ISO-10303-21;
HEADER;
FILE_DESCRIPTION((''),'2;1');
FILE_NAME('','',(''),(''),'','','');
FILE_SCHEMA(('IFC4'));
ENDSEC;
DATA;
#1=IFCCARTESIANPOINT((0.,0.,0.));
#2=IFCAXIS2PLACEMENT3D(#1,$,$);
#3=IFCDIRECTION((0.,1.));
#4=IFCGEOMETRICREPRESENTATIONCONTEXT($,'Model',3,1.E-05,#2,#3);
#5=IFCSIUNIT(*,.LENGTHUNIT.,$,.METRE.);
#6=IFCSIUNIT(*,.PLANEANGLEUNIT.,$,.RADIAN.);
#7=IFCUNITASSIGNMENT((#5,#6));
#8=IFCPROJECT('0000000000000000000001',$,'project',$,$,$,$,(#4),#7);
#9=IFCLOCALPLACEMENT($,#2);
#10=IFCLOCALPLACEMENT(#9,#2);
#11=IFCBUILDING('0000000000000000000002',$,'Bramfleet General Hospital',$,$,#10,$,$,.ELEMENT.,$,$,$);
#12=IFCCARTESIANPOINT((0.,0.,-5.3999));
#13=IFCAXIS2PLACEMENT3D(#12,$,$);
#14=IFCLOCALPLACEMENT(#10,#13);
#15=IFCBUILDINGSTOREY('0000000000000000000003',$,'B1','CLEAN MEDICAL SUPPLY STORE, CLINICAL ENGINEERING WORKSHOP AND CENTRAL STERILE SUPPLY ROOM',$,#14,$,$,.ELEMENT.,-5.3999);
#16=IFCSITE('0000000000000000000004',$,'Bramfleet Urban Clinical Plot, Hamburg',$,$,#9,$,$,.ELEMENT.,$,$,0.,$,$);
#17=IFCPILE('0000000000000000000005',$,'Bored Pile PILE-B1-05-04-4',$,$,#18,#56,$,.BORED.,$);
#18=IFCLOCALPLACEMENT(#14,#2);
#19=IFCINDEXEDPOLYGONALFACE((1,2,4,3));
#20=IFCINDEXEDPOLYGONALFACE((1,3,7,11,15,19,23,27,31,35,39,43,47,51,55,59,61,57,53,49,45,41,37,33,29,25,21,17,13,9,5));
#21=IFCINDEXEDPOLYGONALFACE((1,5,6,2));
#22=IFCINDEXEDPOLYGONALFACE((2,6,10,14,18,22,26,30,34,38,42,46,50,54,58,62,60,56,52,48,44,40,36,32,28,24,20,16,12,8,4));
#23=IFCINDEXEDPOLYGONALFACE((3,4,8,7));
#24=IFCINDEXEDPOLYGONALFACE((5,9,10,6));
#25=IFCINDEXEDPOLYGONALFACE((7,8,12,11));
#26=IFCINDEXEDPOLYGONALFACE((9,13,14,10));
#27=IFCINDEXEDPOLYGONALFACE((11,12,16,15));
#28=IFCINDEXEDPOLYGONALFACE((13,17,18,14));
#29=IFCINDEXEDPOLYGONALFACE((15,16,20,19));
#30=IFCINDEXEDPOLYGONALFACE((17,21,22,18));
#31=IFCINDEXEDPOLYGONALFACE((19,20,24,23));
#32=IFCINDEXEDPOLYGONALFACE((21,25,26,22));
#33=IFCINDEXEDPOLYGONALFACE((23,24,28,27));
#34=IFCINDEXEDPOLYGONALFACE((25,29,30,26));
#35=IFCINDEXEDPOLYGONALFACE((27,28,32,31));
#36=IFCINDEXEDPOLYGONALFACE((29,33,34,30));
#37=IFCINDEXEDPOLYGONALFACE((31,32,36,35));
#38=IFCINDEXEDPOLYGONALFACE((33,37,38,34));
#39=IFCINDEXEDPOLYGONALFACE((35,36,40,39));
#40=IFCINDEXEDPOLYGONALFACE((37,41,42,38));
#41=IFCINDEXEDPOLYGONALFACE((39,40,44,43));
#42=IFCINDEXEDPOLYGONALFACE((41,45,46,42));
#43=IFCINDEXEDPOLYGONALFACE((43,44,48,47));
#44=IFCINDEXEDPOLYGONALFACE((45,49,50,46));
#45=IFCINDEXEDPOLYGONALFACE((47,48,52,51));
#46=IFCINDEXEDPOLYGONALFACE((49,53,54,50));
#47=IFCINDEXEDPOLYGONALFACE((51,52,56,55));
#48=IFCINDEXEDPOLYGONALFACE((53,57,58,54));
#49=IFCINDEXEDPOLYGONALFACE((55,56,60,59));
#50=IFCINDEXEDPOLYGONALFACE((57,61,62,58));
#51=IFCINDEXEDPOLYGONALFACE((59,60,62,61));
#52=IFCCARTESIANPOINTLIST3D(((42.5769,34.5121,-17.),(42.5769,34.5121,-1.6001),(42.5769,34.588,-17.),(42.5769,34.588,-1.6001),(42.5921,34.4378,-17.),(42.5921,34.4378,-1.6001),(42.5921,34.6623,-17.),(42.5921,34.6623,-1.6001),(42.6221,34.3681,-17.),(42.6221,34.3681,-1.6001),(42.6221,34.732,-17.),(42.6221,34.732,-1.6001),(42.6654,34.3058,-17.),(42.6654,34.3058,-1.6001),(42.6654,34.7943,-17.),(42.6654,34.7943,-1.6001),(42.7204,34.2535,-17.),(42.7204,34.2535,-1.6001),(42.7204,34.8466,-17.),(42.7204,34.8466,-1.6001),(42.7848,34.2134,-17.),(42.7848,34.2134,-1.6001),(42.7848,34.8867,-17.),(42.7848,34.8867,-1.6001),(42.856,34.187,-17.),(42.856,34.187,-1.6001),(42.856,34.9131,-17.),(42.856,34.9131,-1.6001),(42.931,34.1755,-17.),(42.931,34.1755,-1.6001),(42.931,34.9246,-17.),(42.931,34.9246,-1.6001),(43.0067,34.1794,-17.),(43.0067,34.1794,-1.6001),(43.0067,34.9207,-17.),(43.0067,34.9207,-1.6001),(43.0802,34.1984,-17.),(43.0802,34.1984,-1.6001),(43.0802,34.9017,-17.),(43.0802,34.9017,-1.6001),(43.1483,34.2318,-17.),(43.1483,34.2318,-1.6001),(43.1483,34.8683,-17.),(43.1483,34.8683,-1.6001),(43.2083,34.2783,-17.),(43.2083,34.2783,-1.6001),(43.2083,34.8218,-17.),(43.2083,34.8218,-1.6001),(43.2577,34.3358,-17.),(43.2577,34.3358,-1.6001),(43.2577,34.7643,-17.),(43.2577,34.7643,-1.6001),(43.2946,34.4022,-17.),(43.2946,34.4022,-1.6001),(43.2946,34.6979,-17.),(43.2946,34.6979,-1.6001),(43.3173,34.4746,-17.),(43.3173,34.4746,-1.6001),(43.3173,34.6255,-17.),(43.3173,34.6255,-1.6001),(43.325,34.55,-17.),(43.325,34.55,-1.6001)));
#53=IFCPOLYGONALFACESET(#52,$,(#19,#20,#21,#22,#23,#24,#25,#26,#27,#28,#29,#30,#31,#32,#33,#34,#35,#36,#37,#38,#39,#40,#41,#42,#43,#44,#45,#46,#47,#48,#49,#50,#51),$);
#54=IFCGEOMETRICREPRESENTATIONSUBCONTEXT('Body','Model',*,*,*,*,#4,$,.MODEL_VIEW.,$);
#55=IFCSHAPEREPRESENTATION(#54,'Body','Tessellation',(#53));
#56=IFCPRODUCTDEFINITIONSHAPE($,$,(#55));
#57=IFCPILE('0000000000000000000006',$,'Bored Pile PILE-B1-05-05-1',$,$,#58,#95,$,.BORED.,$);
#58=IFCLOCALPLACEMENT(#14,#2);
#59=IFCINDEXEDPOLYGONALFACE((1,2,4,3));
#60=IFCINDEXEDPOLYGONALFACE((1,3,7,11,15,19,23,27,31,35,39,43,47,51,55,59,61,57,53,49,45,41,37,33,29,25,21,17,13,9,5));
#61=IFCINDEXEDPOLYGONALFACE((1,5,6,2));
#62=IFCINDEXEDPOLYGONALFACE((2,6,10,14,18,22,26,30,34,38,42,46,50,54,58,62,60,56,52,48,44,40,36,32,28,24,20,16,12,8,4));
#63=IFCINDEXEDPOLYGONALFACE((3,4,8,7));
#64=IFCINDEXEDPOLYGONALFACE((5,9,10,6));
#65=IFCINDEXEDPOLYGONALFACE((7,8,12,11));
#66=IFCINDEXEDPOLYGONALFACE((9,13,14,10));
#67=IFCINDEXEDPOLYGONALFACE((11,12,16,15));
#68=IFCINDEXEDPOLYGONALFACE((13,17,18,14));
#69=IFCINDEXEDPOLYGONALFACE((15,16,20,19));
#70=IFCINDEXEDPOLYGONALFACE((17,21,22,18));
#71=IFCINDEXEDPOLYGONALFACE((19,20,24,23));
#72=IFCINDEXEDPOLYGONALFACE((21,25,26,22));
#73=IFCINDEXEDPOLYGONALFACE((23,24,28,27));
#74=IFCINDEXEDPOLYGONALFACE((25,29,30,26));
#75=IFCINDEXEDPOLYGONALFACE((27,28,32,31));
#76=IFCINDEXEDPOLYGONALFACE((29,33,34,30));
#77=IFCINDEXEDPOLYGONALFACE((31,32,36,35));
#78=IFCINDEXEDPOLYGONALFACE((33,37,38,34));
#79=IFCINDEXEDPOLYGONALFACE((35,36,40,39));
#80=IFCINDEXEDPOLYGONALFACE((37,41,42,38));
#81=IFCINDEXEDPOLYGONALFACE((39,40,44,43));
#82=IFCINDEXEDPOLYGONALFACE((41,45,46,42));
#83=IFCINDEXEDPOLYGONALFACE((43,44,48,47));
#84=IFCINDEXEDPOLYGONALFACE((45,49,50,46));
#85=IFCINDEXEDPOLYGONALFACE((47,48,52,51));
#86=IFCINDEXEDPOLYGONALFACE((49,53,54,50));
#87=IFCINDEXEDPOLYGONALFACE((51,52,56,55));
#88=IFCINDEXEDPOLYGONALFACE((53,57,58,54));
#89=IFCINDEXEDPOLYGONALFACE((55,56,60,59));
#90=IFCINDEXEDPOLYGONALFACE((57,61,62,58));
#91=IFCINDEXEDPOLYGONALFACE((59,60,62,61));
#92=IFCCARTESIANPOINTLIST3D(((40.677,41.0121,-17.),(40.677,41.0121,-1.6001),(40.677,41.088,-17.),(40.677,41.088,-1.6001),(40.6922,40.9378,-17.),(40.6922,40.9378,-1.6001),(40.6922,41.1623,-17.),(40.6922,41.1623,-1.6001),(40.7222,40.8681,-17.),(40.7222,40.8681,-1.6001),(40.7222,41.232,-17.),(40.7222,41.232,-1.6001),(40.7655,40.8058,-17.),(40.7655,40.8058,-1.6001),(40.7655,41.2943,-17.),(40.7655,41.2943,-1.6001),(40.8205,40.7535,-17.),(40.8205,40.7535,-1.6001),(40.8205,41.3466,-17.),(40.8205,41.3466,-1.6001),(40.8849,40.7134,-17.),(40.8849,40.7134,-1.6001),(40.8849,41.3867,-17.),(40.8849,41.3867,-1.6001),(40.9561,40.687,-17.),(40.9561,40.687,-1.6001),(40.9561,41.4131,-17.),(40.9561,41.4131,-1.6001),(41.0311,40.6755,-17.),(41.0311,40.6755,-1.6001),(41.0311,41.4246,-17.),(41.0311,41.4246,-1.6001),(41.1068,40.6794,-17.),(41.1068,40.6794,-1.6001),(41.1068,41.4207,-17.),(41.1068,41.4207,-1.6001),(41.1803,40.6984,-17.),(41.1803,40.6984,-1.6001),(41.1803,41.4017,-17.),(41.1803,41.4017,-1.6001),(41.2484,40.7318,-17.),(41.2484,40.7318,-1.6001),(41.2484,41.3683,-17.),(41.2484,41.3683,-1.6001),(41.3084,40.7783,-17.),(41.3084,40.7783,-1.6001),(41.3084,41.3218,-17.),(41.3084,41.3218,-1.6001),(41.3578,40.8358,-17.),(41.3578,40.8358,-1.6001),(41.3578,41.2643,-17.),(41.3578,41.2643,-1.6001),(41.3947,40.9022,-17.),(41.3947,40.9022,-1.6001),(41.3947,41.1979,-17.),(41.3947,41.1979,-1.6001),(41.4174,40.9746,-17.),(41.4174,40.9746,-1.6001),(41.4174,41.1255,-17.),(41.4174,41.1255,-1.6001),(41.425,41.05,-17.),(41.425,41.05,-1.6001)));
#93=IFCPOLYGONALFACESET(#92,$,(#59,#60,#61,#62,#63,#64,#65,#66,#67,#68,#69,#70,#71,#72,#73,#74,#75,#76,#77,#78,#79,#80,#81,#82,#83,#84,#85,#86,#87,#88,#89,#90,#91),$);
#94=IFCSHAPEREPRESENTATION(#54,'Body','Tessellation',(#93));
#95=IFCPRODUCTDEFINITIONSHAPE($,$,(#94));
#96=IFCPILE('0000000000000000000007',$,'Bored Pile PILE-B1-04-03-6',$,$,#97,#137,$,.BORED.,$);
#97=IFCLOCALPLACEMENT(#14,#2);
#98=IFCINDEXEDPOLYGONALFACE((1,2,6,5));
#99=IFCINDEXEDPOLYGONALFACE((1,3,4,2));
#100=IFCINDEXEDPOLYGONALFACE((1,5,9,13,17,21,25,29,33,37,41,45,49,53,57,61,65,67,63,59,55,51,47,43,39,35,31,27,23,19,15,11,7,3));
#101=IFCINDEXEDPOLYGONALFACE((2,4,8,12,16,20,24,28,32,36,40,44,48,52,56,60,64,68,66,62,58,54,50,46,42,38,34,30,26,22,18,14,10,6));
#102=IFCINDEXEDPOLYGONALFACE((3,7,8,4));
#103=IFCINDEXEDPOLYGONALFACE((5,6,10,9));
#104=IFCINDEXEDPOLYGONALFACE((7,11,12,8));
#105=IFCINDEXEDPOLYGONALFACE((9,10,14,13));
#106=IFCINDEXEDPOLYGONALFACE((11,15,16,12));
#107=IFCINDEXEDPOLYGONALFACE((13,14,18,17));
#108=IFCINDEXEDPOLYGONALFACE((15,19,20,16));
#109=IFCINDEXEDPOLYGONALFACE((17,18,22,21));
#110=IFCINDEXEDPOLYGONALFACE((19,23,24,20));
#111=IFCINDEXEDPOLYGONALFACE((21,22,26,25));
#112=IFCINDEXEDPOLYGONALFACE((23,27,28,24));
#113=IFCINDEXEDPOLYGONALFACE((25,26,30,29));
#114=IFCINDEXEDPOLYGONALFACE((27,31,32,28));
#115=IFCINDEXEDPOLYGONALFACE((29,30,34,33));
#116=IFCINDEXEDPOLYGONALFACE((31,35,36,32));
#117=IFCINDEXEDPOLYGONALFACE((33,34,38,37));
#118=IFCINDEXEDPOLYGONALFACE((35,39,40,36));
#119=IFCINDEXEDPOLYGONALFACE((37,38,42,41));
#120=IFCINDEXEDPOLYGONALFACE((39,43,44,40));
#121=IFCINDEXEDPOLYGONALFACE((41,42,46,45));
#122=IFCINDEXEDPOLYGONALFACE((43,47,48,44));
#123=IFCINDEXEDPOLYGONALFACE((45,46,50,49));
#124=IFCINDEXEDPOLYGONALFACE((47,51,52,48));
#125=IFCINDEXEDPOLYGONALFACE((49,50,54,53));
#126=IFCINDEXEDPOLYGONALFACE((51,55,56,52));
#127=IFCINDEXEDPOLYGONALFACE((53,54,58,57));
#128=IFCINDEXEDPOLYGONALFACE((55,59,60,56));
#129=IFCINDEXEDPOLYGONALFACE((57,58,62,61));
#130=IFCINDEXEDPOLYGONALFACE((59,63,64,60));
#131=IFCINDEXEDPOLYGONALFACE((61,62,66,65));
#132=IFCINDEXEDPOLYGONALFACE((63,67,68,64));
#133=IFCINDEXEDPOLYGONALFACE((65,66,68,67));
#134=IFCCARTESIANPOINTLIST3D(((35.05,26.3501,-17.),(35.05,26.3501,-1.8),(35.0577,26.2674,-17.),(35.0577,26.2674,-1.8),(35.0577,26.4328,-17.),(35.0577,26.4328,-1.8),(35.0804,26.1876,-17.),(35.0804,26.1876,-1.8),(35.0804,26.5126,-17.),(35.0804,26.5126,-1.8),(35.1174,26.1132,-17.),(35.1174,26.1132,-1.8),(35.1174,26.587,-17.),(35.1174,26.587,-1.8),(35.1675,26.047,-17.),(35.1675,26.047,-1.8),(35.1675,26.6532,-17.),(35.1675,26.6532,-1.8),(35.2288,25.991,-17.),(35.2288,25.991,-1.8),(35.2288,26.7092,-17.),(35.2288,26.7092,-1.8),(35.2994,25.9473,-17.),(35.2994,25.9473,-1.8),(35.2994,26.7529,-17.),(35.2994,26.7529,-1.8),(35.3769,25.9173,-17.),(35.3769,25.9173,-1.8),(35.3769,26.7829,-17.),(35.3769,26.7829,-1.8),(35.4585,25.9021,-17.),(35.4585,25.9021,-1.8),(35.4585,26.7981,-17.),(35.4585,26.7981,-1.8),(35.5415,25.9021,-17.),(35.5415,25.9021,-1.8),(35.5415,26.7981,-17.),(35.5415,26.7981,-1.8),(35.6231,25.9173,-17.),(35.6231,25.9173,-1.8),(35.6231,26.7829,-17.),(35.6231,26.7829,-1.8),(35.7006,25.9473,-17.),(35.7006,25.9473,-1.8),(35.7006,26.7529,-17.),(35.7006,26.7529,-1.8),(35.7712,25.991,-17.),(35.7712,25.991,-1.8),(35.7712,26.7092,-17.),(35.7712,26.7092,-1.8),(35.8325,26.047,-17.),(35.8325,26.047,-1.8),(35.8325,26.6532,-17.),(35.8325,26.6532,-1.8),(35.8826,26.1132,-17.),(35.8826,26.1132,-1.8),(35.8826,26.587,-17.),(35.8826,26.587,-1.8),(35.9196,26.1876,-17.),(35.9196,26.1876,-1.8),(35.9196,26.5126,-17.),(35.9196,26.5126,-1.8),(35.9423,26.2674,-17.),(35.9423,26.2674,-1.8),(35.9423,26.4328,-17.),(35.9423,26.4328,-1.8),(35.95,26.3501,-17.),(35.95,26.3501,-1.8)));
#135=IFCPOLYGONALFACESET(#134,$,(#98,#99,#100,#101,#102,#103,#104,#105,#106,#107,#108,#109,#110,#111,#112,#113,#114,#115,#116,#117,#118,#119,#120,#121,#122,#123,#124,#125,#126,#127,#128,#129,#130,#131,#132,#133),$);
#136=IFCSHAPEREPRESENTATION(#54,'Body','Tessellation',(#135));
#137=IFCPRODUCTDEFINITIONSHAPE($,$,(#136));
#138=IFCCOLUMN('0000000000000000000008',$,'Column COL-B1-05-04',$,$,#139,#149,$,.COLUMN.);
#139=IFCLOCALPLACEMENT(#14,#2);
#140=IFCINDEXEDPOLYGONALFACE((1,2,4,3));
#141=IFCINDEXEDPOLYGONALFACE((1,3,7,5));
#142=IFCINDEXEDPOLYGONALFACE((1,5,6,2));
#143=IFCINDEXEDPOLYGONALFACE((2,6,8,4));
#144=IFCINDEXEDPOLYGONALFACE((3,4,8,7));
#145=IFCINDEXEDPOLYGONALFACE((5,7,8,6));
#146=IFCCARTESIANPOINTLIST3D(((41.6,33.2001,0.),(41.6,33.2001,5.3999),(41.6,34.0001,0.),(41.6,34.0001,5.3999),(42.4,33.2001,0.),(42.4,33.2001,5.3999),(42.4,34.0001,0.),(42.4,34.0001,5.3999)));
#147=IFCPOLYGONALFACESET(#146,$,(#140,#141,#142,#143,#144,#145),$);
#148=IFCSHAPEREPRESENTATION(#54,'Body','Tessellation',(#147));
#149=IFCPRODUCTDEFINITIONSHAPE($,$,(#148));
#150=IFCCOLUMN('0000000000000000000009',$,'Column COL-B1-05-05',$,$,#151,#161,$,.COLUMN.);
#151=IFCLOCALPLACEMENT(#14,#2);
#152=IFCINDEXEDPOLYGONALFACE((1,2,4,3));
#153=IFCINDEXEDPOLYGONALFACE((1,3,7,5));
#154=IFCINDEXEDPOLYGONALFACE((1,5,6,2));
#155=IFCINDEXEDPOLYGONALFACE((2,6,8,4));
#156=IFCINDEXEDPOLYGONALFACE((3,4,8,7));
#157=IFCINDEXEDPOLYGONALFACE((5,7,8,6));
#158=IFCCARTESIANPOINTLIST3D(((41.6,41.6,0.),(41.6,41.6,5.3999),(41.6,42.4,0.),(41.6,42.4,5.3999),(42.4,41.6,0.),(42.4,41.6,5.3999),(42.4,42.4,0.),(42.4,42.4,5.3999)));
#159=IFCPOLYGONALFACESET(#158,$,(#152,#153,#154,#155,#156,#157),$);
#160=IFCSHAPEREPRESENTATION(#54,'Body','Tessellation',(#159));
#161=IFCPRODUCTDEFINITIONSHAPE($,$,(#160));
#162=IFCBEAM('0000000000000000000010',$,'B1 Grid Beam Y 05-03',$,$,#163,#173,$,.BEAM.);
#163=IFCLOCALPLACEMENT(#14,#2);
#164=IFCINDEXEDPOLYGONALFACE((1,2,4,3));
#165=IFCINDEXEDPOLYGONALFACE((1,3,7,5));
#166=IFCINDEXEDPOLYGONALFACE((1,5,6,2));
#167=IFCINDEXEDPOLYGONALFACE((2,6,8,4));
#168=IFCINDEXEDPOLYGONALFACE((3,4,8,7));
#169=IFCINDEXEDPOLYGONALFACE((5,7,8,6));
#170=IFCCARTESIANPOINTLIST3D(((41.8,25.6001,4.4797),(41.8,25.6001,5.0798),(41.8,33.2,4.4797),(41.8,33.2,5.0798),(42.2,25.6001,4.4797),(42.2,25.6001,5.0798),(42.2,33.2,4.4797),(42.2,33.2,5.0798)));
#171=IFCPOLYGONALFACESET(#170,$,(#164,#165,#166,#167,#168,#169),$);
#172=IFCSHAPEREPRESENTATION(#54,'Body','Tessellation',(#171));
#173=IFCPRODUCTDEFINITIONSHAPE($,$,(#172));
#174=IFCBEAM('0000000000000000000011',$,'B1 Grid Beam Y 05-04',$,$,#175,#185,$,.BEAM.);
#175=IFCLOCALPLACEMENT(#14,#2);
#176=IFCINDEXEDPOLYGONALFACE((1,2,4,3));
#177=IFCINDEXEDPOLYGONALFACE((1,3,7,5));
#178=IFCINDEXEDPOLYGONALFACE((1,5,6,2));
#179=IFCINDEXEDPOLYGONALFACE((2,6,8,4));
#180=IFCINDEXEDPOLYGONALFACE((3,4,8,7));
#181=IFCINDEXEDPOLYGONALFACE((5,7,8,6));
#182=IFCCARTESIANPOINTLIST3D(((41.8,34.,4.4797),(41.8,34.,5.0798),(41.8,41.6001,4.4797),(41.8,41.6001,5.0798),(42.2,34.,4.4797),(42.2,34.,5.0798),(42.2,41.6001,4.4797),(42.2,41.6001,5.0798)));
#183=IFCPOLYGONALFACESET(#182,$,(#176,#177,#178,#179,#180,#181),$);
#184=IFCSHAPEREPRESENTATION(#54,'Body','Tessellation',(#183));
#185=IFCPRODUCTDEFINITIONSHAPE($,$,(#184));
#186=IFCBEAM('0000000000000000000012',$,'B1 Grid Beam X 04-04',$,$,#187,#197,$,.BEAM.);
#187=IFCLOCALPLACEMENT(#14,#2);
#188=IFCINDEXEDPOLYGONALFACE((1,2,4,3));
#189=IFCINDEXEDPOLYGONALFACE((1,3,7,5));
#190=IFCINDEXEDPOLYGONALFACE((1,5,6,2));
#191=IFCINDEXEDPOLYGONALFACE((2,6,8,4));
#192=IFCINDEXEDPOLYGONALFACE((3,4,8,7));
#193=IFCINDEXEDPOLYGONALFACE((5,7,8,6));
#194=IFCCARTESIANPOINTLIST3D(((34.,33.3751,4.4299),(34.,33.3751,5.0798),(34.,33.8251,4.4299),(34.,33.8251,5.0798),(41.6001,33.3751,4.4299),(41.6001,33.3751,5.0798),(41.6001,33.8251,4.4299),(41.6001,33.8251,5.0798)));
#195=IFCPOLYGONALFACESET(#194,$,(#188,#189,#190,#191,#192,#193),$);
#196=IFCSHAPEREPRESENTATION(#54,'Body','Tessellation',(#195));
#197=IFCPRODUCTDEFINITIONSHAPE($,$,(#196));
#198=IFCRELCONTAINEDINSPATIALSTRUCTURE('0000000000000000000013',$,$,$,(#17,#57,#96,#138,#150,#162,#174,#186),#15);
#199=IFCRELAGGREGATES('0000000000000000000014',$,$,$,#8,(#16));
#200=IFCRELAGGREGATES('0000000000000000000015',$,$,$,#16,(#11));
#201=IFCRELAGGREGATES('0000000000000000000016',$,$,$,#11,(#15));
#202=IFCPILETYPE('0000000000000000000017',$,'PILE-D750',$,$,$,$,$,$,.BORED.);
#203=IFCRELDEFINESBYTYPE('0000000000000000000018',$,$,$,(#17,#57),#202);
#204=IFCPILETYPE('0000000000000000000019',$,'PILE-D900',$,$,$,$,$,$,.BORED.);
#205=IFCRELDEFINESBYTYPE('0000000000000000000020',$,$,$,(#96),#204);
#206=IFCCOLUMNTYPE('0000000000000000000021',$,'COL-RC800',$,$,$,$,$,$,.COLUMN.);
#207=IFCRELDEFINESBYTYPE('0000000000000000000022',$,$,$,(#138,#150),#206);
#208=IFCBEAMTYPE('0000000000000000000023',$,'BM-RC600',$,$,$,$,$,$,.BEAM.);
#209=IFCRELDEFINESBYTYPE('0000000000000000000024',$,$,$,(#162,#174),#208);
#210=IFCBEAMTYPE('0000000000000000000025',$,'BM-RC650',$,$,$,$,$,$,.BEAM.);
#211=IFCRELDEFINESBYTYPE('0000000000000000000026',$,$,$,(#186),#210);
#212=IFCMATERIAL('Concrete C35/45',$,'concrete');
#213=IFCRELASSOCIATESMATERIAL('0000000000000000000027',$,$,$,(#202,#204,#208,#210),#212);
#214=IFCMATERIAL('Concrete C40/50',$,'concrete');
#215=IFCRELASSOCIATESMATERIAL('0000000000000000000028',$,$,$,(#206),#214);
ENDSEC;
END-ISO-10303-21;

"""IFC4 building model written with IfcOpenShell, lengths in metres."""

from ifc_helpers import new_model, si_unit, direction, frame, origin, origin_2d, place, context, subcontext, project, spatial, rectangle, circle, extrude, material, material_profile, profile_set, type_object, element, save


model = new_model("IFC4")

# Units and contexts
model_context = context("Model", 3, precision=1e-05, world=origin(), true_north=direction((0.0, 1.0)))
body_context = subcontext(model_context, "Body", "Model", "MODEL_VIEW")
ifc_project = project(units=[si_unit("LENGTHUNIT", "METRE"), si_unit("PLANEANGLEUNIT", "RADIAN")], contexts=[model_context])

# Site, building, storey
site_placement = place(None, origin())
site = spatial("IfcSite", under=ifc_project, at=site_placement, Name="Bramfleet Urban Clinical Plot, Hamburg", CompositionType="ELEMENT", RefElevation=0.0)
building_placement = place(site_placement, origin())
building = spatial("IfcBuilding", under=site, at=building_placement, Name="Bramfleet General Hospital", CompositionType="ELEMENT")
storey_placement = place(building_placement, frame((0.0, 0.0, -5.3999)))
storey = spatial("IfcBuildingStorey", under=building, at=storey_placement, Name="B1", Description="CLEAN MEDICAL SUPPLY STORE, CLINICAL ENGINEERING WORKSHOP AND CENTRAL STERILE SUPPLY ROOM", CompositionType="ELEMENT", Elevation=-5.3999)

# Shared definitions
ifc_material_1 = material(Name="Concrete C35/45", Category="concrete")

# Piles
ifc_material_profile_1 = material_profile(ifc_material_1, circle(Radius=0.375, at=origin_2d()), Name="PILE BORED D750")
ifc_profile_set_1 = profile_set([ifc_material_profile_1], Name="Concrete C35/45")
pile_type_1 = type_object("IfcPileType", Name="PILE-D750", PredefinedType="BORED", material=ifc_profile_set_1)
for number, where, z_axis, x_axis, name in (
    (1, (42.95, 34.55, -1.6001), (0.0, 0.0, -1.0), (1.0, 0.0, 0.0), "Bored Pile PILE-B1-05-04-4"),
    (2, (41.05, 41.05, -1.6001), (0.0, 0.0, -1.0), (1.0, 0.0, 0.0), "Bored Pile PILE-B1-05-05-1"),
):
    element("IfcPile", number, at=place(storey_placement, frame(where, z_axis=z_axis, x_axis=x_axis)), inside=storey, type_object=pile_type_1, Name=name, PredefinedType="BORED", context=body_context, shape_type="SweptSolid", body=[
        extrude(circle(Radius=0.375, at=origin_2d()), origin(), (0.0, 0.0, 1.0), 15.3999),
    ])
ifc_material_profile_2 = material_profile(ifc_material_1, circle(Radius=0.45, at=origin_2d()), Name="PILE BORED D900")
ifc_profile_set_2 = profile_set([ifc_material_profile_2], Name="Concrete C35/45")
pile_type_2 = type_object("IfcPileType", Name="PILE-D900", PredefinedType="BORED", material=ifc_profile_set_2)
pile_placement = place(storey_placement, frame((35.5, 26.3501, -1.8), z_axis=(0.0, 0.0, -1.0), x_axis=(1.0, 0.0, 0.0)))
element("IfcPile", 3, at=pile_placement, inside=storey, type_object=pile_type_2, Name="Bored Pile PILE-B1-04-03-6", PredefinedType="BORED", context=body_context, shape_type="SweptSolid", body=[
    extrude(circle(Radius=0.45, at=origin_2d()), origin(), (0.0, 0.0, 1.0), 15.2),
])

# Columns
ifc_material_2 = material(Name="Concrete C40/50", Category="concrete")
ifc_material_profile_3 = material_profile(ifc_material_2, rectangle(XDim=0.8, YDim=0.8, at=origin_2d()), Name="RC COL 800x800")
ifc_profile_set_3 = profile_set([ifc_material_profile_3], Name="Concrete C40/50")
column_type = type_object("IfcColumnType", Name="COL-RC800", PredefinedType="COLUMN", material=ifc_profile_set_3)
for number, where, z_axis, x_axis, name in (
    (4, (42.0, 33.6001, 0.0), (0.0, 0.0, 1.0), (1.0, 0.0, 0.0), "Column COL-B1-05-04"),
    (5, (42.0, 42.0, 0.0), (0.0, 0.0, 1.0), (1.0, 0.0, 0.0), "Column COL-B1-05-05"),
):
    element("IfcColumn", number, at=place(storey_placement, frame(where, z_axis=z_axis, x_axis=x_axis)), inside=storey, type_object=column_type, Name=name, PredefinedType="COLUMN", context=body_context, shape_type="SweptSolid", body=[
        extrude(rectangle(XDim=0.8, YDim=0.8, at=origin_2d()), origin(), (0.0, 0.0, 1.0), 5.3999),
    ])

# Beams
ifc_material_profile_4 = material_profile(ifc_material_1, rectangle(XDim=0.3999, YDim=0.6001, at=origin_2d()), Name="RC BM 600x400")
ifc_profile_set_4 = profile_set([ifc_material_profile_4], Name="Concrete C35/45")
beam_type_1 = type_object("IfcBeamType", Name="BM-RC600", PredefinedType="BEAM", material=ifc_profile_set_4)
beam_1_placement = place(storey_placement, frame((42.0, 25.6001, 4.7798), z_axis=(0.0, 1.0, 0.0), x_axis=(-1.0, 0.0, 0.0)))
element("IfcBeam", 6, at=beam_1_placement, inside=storey, type_object=beam_type_1, Name="B1 Grid Beam Y 05-03", PredefinedType="BEAM", context=body_context, shape_type="SweptSolid", body=[
    extrude(rectangle(XDim=0.3999, YDim=0.6001, at=origin_2d()), origin(), (0.0, 0.0, 1.0), 7.5999),
])
beam_2_placement = place(storey_placement, frame((42.0, 34.0, 4.7798), z_axis=(0.0, 1.0, 0.0), x_axis=(-1.0, 0.0, 0.0)))
element("IfcBeam", 7, at=beam_2_placement, inside=storey, type_object=beam_type_1, Name="B1 Grid Beam Y 05-04", PredefinedType="BEAM", context=body_context, shape_type="SweptSolid", body=[
    extrude(rectangle(XDim=0.3999, YDim=0.6001, at=origin_2d()), origin(), (0.0, 0.0, 1.0), 7.6001),
])
ifc_material_profile_5 = material_profile(ifc_material_1, rectangle(XDim=0.45, YDim=0.6499, at=origin_2d()), Name="RC BM 650x450")
ifc_profile_set_5 = profile_set([ifc_material_profile_5], Name="Concrete C35/45")
beam_type_2 = type_object("IfcBeamType", Name="BM-RC650", PredefinedType="BEAM", material=ifc_profile_set_5)
for number, where, z_axis, x_axis, name in (
    (8, (34.0, 33.6001, 4.7549), (1.0, 0.0, 0.0), (0.0, 1.0, 0.0), "B1 Grid Beam X 04-04"),
):
    element("IfcBeam", number, at=place(storey_placement, frame(where, z_axis=z_axis, x_axis=x_axis)), inside=storey, type_object=beam_type_2, Name=name, PredefinedType="BEAM", context=body_context, shape_type="SweptSolid", body=[
        extrude(rectangle(XDim=0.45, YDim=0.6499, at=origin_2d()), origin(), (0.0, 0.0, 1.0), 7.6001),
    ])

save(model, "model.ifc")
